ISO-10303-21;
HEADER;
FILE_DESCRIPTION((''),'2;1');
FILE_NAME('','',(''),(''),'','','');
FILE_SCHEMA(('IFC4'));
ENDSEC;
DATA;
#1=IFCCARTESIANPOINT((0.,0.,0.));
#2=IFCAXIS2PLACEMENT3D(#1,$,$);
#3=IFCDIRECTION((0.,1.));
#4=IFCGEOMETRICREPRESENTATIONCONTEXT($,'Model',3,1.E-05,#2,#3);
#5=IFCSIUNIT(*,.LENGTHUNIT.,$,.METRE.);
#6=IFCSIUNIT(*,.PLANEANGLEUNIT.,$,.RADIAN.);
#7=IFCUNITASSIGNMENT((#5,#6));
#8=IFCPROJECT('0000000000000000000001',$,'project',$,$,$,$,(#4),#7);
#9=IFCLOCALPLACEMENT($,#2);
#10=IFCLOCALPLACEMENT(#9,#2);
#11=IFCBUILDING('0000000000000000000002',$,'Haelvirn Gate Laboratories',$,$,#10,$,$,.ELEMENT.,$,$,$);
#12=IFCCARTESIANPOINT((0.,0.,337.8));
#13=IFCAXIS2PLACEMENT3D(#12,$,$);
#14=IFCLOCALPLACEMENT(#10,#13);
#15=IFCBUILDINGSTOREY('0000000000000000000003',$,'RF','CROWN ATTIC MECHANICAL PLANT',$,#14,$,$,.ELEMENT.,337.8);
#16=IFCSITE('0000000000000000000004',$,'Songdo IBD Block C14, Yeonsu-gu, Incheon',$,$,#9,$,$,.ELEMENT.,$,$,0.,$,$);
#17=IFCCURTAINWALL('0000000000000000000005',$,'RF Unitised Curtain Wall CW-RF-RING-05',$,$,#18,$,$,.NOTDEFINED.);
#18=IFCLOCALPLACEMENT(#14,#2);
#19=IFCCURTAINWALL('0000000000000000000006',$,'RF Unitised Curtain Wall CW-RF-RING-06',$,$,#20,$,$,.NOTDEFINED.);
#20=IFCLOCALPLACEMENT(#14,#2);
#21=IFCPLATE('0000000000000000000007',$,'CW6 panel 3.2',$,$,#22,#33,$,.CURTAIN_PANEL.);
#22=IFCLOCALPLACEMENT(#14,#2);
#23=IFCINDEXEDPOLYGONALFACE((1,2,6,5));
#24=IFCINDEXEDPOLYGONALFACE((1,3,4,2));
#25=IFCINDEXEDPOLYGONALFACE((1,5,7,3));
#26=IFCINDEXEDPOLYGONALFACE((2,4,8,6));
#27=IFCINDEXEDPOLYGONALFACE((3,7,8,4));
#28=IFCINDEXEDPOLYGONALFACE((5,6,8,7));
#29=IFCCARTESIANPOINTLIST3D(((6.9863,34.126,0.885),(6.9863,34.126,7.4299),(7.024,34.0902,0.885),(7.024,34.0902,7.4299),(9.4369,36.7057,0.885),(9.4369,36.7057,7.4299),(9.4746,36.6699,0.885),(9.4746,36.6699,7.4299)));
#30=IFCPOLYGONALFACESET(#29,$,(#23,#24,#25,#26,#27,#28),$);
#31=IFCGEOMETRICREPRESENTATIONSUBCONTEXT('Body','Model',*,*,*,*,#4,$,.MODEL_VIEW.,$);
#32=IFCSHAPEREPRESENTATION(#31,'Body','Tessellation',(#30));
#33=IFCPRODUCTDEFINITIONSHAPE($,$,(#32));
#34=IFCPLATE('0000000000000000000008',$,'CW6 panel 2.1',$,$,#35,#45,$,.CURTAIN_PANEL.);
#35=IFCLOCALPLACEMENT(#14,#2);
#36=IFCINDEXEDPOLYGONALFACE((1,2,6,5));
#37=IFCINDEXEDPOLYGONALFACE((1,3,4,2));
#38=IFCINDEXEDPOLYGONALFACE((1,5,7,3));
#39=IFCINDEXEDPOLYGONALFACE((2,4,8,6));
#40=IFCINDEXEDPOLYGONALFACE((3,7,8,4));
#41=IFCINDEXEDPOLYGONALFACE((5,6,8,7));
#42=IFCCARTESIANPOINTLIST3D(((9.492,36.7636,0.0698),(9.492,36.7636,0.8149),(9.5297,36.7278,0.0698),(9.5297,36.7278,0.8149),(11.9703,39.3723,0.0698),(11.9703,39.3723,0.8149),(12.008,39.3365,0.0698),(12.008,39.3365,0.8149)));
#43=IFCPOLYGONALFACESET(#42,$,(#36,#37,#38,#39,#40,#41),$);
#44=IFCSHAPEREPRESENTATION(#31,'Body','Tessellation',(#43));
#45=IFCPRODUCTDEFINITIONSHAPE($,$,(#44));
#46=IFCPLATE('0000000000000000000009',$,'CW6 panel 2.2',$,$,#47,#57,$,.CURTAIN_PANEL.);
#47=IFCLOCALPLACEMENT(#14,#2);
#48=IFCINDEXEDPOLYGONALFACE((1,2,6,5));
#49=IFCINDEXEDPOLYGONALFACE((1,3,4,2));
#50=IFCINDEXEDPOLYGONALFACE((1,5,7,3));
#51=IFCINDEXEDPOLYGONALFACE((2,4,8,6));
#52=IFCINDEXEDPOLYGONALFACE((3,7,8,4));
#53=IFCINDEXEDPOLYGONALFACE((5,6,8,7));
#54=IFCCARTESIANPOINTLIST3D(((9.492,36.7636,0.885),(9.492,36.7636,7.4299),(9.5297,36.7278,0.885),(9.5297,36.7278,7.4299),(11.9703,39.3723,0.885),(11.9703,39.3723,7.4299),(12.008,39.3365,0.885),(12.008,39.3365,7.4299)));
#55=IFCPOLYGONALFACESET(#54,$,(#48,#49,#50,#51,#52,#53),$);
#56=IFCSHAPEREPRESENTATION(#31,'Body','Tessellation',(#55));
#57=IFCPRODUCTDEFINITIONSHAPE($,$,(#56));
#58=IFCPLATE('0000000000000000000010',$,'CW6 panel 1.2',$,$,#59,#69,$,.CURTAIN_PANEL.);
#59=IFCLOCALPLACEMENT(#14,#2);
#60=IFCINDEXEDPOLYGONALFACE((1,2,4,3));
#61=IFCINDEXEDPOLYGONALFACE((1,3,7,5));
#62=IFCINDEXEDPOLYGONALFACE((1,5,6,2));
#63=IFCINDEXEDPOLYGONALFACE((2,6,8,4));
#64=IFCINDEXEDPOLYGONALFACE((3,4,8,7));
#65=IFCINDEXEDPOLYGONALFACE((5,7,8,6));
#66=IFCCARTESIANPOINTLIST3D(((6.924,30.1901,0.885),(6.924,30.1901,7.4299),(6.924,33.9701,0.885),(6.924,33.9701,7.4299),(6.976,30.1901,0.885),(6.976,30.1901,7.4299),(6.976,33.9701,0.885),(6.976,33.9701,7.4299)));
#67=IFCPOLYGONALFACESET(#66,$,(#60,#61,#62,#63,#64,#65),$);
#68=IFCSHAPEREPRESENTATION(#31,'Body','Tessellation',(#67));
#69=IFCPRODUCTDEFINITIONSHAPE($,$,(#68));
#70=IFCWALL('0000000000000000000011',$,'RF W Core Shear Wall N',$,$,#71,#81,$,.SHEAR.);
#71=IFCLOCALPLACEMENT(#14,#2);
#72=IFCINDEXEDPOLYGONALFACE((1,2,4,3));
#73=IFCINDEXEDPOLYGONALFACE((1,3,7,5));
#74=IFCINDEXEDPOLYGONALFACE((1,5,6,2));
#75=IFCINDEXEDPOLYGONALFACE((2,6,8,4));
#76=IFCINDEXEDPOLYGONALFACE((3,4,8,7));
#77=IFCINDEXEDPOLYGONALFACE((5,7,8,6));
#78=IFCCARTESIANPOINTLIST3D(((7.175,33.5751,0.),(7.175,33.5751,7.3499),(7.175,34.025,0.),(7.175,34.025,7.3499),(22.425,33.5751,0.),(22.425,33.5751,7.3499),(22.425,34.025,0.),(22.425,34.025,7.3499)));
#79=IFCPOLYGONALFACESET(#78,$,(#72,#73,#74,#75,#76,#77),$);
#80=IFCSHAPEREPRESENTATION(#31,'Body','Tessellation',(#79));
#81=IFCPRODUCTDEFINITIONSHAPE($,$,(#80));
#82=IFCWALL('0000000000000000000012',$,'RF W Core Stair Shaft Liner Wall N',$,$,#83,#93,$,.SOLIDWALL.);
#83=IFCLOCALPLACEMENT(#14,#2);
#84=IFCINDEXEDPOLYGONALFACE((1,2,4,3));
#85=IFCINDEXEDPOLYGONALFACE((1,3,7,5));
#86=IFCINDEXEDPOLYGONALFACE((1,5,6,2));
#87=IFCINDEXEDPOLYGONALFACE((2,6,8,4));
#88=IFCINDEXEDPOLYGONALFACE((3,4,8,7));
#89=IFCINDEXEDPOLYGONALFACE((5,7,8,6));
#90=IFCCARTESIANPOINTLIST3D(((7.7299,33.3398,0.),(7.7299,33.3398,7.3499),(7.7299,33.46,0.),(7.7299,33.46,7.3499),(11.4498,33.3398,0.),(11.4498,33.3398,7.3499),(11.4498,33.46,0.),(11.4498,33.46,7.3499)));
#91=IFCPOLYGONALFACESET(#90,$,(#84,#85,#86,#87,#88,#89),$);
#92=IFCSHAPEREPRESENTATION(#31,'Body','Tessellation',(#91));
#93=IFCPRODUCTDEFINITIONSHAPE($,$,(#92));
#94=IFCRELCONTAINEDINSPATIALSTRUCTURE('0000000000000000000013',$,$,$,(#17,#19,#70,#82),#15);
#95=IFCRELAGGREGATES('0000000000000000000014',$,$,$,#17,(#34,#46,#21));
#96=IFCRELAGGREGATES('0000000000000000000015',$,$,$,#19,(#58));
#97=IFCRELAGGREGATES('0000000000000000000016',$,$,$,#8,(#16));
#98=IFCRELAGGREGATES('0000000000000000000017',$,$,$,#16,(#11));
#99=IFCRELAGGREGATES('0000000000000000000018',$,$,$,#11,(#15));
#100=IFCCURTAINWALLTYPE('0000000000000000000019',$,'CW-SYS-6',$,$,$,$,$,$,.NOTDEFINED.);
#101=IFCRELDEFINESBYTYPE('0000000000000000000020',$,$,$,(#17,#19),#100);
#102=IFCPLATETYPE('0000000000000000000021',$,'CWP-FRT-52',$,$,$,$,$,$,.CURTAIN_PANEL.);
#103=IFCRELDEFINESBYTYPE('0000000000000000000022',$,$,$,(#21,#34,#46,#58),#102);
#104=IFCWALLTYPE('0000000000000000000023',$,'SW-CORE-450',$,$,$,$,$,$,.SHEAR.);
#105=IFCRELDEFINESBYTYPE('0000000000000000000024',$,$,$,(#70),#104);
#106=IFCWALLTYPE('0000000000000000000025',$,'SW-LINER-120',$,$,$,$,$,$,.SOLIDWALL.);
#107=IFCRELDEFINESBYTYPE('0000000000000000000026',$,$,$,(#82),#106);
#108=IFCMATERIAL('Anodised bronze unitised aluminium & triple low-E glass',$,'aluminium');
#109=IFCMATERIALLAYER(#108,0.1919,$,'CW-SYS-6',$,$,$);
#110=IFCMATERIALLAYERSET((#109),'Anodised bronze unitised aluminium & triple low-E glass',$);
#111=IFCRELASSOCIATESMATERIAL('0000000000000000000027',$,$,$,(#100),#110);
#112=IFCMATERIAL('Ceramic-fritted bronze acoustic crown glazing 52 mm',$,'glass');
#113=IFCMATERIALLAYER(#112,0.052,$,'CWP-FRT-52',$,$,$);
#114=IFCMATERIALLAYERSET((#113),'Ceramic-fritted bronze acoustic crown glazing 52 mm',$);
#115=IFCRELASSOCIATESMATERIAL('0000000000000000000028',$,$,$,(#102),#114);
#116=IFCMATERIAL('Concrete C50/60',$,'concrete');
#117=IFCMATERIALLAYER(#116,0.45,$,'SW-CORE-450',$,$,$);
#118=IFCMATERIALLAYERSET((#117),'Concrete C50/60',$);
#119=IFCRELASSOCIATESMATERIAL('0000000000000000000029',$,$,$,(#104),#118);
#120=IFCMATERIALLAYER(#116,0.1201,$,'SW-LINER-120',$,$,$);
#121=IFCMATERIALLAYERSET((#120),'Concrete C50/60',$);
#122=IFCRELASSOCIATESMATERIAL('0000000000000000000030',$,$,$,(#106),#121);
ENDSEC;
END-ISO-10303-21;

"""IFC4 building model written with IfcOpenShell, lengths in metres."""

from ifc_helpers import new_model, si_unit, direction, frame, frame_2d, origin, origin_2d, place, context, subcontext, project, spatial, rectangle, extrude, source, transform, mapped, material, layer, layer_set, type_object, element, aggregate, save


model = new_model("IFC4")

# Units and contexts
model_context = context("Model", 3, precision=1e-05, world=origin(), true_north=direction((0.0, 1.0)))
body_context = subcontext(model_context, "Body", "Model", "MODEL_VIEW")
ifc_project = project(units=[si_unit("LENGTHUNIT", "METRE"), si_unit("PLANEANGLEUNIT", "RADIAN")], contexts=[model_context])

# Site, building, storey
site_placement = place(None, origin())
site = spatial("IfcSite", under=ifc_project, at=site_placement, Name="Songdo IBD Block C14, Yeonsu-gu, Incheon", CompositionType="ELEMENT", RefElevation=0.0)
building_placement = place(site_placement, origin())
building = spatial("IfcBuilding", under=site, at=building_placement, Name="Haelvirn Gate Laboratories", CompositionType="ELEMENT")
storey_placement = place(building_placement, frame((0.0, 0.0, 337.8)))
storey = spatial("IfcBuildingStorey", under=building, at=storey_placement, Name="RF", Description="CROWN ATTIC MECHANICAL PLANT", CompositionType="ELEMENT", Elevation=337.8)

# Shared definitions
ifc_material_1 = material(Name="Anodised bronze unitised aluminium & triple low-E glass", Category="aluminium")
ifc_layer_1 = layer(ifc_material_1, 0.1919, Name="CW-SYS-6")
ifc_layer_set_1 = layer_set([ifc_layer_1], Name="Anodised bronze unitised aluminium & triple low-E glass")
curtain_wall_type = type_object("IfcCurtainWallType", Name="CW-SYS-6", PredefinedType="NOTDEFINED", material=ifc_layer_set_1)

# Curtain wall
curtain_wall_1_placement = place(storey_placement, origin())
curtain_wall_1 = element("IfcCurtainWall", 1, at=curtain_wall_1_placement, inside=storey, type_object=curtain_wall_type, Name="RF Unitised Curtain Wall CW-RF-RING-05", PredefinedType="NOTDEFINED")

# Curtain wall
curtain_wall_2_placement = place(storey_placement, origin())
curtain_wall_2 = element("IfcCurtainWall", 2, at=curtain_wall_2_placement, inside=storey, type_object=curtain_wall_type, Name="RF Unitised Curtain Wall CW-RF-RING-06", PredefinedType="NOTDEFINED")

# Plates
ifc_material_2 = material(Name="Ceramic-fritted bronze acoustic crown glazing 52 mm", Category="glass")
ifc_layer_2 = layer(ifc_material_2, 0.052, Name="CWP-FRT-52")
ifc_layer_set_2 = layer_set([ifc_layer_2], Name="Ceramic-fritted bronze acoustic crown glazing 52 mm")
plate_type_1 = type_object("IfcPlateType", Name="CWP-FRT-52", PredefinedType="CURTAIN_PANEL", material=ifc_layer_set_2)
shared_shape_1 = source(origin(), body_context, "Body", "SweptSolid", [
    extrude(rectangle(XDim=3.5581, YDim=0.052, at=origin_2d()), origin(), (0.0, 0.0, 1.0), 6.5449),
])
plate_1_placement = place(storey_placement, frame((8.2305, 35.3979, 0.885), z_axis=(0.0, 0.0, 1.0), x_axis=(-0.688749, -0.724999, 0.0)))
plate_1 = element("IfcPlate", 3, at=plate_1_placement, type_object=plate_type_1, Name="CW6 panel 3.2", PredefinedType="CURTAIN_PANEL", context=body_context, shape_type="MappedRepresentation", body=[
    mapped(shared_shape_1, transform((0.0, 0.0, 0.0), scale=1.0)),
])
shared_shape_2 = source(origin(), body_context, "Body", "SweptSolid", [
    extrude(rectangle(XDim=3.5981, YDim=0.052, at=origin_2d()), origin(), (0.0, 0.0, 1.0), 0.7451),
])
plate_2_placement = place(storey_placement, frame((10.75, 38.05, 0.0698), z_axis=(0.0, 0.0, 1.0), x_axis=(-0.688749, -0.724999, 0.0)))
plate_2 = element("IfcPlate", 4, at=plate_2_placement, type_object=plate_type_1, Name="CW6 panel 2.1", PredefinedType="CURTAIN_PANEL", context=body_context, shape_type="MappedRepresentation", body=[
    mapped(shared_shape_2, transform((0.0, 0.0, 0.0), scale=1.0)),
])
shared_shape_3 = source(origin(), body_context, "Body", "SweptSolid", [
    extrude(rectangle(XDim=3.5981, YDim=0.052, at=origin_2d()), origin(), (0.0, 0.0, 1.0), 6.5449),
])
plate_3_placement = place(storey_placement, frame((10.75, 38.05, 0.885), z_axis=(0.0, 0.0, 1.0), x_axis=(-0.688749, -0.724999, 0.0)))
plate_3 = element("IfcPlate", 5, at=plate_3_placement, type_object=plate_type_1, Name="CW6 panel 2.2", PredefinedType="CURTAIN_PANEL", context=body_context, shape_type="MappedRepresentation", body=[
    mapped(shared_shape_3, transform((0.0, 0.0, 0.0), scale=1.0)),
])
aggregate(curtain_wall_1, [plate_2, plate_3, plate_1])
shared_shape_4 = source(origin(), body_context, "Body", "SweptSolid", [
    extrude(rectangle(XDim=3.78, YDim=0.052, at=origin_2d()), origin(), (0.0, 0.0, 1.0), 6.5449),
])
plate_4_placement = place(storey_placement, frame((6.95, 32.0801, 0.885), z_axis=(0.0, 0.0, 1.0), x_axis=(0.0, -1.0, 0.0)))
plate_4 = element("IfcPlate", 6, at=plate_4_placement, type_object=plate_type_1, Name="CW6 panel 1.2", PredefinedType="CURTAIN_PANEL", context=body_context, shape_type="MappedRepresentation", body=[
    mapped(shared_shape_4, transform((0.0, 0.0, 0.0), scale=1.0)),
])
aggregate(curtain_wall_2, [plate_4])

# Walls
ifc_material_3 = material(Name="Concrete C50/60", Category="concrete")
ifc_layer_3 = layer(ifc_material_3, 0.45, Name="SW-CORE-450")
ifc_layer_set_3 = layer_set([ifc_layer_3], Name="Concrete C50/60")
wall_type_1 = type_object("IfcWallType", Name="SW-CORE-450", PredefinedType="SHEAR", material=ifc_layer_set_3)
wall_1_placement = place(storey_placement, frame((7.175, 33.8, 0.0), z_axis=(0.0, 0.0, 1.0), x_axis=(1.0, 0.0, 0.0)))
element("IfcWall", 7, at=wall_1_placement, inside=storey, type_object=wall_type_1, Name="RF W Core Shear Wall N", PredefinedType="SHEAR", context=body_context, shape_type="SweptSolid", body=[
    extrude(rectangle(XDim=15.25, YDim=0.45, at=frame_2d((7.625, 0.0))), origin(), (0.0, 0.0, 1.0), 7.3499),
])
ifc_layer_4 = layer(ifc_material_3, 0.1201, Name="SW-LINER-120")
ifc_layer_set_4 = layer_set([ifc_layer_4], Name="Concrete C50/60")
wall_type_2 = type_object("IfcWallType", Name="SW-LINER-120", PredefinedType="SOLIDWALL", material=ifc_layer_set_4)
wall_2_placement = place(storey_placement, frame((7.73, 33.3999, 0.0), z_axis=(0.0, 0.0, 1.0), x_axis=(1.0, 0.0, 0.0)))
element("IfcWall", 8, at=wall_2_placement, inside=storey, type_object=wall_type_2, Name="RF W Core Stair Shaft Liner Wall N", PredefinedType="SOLIDWALL", context=body_context, shape_type="SweptSolid", body=[
    extrude(rectangle(XDim=3.72, YDim=0.1201, at=frame_2d((1.8599, 0.0))), origin(), (0.0, 0.0, 1.0), 7.3499),
])

save(model, "model.ifc")
